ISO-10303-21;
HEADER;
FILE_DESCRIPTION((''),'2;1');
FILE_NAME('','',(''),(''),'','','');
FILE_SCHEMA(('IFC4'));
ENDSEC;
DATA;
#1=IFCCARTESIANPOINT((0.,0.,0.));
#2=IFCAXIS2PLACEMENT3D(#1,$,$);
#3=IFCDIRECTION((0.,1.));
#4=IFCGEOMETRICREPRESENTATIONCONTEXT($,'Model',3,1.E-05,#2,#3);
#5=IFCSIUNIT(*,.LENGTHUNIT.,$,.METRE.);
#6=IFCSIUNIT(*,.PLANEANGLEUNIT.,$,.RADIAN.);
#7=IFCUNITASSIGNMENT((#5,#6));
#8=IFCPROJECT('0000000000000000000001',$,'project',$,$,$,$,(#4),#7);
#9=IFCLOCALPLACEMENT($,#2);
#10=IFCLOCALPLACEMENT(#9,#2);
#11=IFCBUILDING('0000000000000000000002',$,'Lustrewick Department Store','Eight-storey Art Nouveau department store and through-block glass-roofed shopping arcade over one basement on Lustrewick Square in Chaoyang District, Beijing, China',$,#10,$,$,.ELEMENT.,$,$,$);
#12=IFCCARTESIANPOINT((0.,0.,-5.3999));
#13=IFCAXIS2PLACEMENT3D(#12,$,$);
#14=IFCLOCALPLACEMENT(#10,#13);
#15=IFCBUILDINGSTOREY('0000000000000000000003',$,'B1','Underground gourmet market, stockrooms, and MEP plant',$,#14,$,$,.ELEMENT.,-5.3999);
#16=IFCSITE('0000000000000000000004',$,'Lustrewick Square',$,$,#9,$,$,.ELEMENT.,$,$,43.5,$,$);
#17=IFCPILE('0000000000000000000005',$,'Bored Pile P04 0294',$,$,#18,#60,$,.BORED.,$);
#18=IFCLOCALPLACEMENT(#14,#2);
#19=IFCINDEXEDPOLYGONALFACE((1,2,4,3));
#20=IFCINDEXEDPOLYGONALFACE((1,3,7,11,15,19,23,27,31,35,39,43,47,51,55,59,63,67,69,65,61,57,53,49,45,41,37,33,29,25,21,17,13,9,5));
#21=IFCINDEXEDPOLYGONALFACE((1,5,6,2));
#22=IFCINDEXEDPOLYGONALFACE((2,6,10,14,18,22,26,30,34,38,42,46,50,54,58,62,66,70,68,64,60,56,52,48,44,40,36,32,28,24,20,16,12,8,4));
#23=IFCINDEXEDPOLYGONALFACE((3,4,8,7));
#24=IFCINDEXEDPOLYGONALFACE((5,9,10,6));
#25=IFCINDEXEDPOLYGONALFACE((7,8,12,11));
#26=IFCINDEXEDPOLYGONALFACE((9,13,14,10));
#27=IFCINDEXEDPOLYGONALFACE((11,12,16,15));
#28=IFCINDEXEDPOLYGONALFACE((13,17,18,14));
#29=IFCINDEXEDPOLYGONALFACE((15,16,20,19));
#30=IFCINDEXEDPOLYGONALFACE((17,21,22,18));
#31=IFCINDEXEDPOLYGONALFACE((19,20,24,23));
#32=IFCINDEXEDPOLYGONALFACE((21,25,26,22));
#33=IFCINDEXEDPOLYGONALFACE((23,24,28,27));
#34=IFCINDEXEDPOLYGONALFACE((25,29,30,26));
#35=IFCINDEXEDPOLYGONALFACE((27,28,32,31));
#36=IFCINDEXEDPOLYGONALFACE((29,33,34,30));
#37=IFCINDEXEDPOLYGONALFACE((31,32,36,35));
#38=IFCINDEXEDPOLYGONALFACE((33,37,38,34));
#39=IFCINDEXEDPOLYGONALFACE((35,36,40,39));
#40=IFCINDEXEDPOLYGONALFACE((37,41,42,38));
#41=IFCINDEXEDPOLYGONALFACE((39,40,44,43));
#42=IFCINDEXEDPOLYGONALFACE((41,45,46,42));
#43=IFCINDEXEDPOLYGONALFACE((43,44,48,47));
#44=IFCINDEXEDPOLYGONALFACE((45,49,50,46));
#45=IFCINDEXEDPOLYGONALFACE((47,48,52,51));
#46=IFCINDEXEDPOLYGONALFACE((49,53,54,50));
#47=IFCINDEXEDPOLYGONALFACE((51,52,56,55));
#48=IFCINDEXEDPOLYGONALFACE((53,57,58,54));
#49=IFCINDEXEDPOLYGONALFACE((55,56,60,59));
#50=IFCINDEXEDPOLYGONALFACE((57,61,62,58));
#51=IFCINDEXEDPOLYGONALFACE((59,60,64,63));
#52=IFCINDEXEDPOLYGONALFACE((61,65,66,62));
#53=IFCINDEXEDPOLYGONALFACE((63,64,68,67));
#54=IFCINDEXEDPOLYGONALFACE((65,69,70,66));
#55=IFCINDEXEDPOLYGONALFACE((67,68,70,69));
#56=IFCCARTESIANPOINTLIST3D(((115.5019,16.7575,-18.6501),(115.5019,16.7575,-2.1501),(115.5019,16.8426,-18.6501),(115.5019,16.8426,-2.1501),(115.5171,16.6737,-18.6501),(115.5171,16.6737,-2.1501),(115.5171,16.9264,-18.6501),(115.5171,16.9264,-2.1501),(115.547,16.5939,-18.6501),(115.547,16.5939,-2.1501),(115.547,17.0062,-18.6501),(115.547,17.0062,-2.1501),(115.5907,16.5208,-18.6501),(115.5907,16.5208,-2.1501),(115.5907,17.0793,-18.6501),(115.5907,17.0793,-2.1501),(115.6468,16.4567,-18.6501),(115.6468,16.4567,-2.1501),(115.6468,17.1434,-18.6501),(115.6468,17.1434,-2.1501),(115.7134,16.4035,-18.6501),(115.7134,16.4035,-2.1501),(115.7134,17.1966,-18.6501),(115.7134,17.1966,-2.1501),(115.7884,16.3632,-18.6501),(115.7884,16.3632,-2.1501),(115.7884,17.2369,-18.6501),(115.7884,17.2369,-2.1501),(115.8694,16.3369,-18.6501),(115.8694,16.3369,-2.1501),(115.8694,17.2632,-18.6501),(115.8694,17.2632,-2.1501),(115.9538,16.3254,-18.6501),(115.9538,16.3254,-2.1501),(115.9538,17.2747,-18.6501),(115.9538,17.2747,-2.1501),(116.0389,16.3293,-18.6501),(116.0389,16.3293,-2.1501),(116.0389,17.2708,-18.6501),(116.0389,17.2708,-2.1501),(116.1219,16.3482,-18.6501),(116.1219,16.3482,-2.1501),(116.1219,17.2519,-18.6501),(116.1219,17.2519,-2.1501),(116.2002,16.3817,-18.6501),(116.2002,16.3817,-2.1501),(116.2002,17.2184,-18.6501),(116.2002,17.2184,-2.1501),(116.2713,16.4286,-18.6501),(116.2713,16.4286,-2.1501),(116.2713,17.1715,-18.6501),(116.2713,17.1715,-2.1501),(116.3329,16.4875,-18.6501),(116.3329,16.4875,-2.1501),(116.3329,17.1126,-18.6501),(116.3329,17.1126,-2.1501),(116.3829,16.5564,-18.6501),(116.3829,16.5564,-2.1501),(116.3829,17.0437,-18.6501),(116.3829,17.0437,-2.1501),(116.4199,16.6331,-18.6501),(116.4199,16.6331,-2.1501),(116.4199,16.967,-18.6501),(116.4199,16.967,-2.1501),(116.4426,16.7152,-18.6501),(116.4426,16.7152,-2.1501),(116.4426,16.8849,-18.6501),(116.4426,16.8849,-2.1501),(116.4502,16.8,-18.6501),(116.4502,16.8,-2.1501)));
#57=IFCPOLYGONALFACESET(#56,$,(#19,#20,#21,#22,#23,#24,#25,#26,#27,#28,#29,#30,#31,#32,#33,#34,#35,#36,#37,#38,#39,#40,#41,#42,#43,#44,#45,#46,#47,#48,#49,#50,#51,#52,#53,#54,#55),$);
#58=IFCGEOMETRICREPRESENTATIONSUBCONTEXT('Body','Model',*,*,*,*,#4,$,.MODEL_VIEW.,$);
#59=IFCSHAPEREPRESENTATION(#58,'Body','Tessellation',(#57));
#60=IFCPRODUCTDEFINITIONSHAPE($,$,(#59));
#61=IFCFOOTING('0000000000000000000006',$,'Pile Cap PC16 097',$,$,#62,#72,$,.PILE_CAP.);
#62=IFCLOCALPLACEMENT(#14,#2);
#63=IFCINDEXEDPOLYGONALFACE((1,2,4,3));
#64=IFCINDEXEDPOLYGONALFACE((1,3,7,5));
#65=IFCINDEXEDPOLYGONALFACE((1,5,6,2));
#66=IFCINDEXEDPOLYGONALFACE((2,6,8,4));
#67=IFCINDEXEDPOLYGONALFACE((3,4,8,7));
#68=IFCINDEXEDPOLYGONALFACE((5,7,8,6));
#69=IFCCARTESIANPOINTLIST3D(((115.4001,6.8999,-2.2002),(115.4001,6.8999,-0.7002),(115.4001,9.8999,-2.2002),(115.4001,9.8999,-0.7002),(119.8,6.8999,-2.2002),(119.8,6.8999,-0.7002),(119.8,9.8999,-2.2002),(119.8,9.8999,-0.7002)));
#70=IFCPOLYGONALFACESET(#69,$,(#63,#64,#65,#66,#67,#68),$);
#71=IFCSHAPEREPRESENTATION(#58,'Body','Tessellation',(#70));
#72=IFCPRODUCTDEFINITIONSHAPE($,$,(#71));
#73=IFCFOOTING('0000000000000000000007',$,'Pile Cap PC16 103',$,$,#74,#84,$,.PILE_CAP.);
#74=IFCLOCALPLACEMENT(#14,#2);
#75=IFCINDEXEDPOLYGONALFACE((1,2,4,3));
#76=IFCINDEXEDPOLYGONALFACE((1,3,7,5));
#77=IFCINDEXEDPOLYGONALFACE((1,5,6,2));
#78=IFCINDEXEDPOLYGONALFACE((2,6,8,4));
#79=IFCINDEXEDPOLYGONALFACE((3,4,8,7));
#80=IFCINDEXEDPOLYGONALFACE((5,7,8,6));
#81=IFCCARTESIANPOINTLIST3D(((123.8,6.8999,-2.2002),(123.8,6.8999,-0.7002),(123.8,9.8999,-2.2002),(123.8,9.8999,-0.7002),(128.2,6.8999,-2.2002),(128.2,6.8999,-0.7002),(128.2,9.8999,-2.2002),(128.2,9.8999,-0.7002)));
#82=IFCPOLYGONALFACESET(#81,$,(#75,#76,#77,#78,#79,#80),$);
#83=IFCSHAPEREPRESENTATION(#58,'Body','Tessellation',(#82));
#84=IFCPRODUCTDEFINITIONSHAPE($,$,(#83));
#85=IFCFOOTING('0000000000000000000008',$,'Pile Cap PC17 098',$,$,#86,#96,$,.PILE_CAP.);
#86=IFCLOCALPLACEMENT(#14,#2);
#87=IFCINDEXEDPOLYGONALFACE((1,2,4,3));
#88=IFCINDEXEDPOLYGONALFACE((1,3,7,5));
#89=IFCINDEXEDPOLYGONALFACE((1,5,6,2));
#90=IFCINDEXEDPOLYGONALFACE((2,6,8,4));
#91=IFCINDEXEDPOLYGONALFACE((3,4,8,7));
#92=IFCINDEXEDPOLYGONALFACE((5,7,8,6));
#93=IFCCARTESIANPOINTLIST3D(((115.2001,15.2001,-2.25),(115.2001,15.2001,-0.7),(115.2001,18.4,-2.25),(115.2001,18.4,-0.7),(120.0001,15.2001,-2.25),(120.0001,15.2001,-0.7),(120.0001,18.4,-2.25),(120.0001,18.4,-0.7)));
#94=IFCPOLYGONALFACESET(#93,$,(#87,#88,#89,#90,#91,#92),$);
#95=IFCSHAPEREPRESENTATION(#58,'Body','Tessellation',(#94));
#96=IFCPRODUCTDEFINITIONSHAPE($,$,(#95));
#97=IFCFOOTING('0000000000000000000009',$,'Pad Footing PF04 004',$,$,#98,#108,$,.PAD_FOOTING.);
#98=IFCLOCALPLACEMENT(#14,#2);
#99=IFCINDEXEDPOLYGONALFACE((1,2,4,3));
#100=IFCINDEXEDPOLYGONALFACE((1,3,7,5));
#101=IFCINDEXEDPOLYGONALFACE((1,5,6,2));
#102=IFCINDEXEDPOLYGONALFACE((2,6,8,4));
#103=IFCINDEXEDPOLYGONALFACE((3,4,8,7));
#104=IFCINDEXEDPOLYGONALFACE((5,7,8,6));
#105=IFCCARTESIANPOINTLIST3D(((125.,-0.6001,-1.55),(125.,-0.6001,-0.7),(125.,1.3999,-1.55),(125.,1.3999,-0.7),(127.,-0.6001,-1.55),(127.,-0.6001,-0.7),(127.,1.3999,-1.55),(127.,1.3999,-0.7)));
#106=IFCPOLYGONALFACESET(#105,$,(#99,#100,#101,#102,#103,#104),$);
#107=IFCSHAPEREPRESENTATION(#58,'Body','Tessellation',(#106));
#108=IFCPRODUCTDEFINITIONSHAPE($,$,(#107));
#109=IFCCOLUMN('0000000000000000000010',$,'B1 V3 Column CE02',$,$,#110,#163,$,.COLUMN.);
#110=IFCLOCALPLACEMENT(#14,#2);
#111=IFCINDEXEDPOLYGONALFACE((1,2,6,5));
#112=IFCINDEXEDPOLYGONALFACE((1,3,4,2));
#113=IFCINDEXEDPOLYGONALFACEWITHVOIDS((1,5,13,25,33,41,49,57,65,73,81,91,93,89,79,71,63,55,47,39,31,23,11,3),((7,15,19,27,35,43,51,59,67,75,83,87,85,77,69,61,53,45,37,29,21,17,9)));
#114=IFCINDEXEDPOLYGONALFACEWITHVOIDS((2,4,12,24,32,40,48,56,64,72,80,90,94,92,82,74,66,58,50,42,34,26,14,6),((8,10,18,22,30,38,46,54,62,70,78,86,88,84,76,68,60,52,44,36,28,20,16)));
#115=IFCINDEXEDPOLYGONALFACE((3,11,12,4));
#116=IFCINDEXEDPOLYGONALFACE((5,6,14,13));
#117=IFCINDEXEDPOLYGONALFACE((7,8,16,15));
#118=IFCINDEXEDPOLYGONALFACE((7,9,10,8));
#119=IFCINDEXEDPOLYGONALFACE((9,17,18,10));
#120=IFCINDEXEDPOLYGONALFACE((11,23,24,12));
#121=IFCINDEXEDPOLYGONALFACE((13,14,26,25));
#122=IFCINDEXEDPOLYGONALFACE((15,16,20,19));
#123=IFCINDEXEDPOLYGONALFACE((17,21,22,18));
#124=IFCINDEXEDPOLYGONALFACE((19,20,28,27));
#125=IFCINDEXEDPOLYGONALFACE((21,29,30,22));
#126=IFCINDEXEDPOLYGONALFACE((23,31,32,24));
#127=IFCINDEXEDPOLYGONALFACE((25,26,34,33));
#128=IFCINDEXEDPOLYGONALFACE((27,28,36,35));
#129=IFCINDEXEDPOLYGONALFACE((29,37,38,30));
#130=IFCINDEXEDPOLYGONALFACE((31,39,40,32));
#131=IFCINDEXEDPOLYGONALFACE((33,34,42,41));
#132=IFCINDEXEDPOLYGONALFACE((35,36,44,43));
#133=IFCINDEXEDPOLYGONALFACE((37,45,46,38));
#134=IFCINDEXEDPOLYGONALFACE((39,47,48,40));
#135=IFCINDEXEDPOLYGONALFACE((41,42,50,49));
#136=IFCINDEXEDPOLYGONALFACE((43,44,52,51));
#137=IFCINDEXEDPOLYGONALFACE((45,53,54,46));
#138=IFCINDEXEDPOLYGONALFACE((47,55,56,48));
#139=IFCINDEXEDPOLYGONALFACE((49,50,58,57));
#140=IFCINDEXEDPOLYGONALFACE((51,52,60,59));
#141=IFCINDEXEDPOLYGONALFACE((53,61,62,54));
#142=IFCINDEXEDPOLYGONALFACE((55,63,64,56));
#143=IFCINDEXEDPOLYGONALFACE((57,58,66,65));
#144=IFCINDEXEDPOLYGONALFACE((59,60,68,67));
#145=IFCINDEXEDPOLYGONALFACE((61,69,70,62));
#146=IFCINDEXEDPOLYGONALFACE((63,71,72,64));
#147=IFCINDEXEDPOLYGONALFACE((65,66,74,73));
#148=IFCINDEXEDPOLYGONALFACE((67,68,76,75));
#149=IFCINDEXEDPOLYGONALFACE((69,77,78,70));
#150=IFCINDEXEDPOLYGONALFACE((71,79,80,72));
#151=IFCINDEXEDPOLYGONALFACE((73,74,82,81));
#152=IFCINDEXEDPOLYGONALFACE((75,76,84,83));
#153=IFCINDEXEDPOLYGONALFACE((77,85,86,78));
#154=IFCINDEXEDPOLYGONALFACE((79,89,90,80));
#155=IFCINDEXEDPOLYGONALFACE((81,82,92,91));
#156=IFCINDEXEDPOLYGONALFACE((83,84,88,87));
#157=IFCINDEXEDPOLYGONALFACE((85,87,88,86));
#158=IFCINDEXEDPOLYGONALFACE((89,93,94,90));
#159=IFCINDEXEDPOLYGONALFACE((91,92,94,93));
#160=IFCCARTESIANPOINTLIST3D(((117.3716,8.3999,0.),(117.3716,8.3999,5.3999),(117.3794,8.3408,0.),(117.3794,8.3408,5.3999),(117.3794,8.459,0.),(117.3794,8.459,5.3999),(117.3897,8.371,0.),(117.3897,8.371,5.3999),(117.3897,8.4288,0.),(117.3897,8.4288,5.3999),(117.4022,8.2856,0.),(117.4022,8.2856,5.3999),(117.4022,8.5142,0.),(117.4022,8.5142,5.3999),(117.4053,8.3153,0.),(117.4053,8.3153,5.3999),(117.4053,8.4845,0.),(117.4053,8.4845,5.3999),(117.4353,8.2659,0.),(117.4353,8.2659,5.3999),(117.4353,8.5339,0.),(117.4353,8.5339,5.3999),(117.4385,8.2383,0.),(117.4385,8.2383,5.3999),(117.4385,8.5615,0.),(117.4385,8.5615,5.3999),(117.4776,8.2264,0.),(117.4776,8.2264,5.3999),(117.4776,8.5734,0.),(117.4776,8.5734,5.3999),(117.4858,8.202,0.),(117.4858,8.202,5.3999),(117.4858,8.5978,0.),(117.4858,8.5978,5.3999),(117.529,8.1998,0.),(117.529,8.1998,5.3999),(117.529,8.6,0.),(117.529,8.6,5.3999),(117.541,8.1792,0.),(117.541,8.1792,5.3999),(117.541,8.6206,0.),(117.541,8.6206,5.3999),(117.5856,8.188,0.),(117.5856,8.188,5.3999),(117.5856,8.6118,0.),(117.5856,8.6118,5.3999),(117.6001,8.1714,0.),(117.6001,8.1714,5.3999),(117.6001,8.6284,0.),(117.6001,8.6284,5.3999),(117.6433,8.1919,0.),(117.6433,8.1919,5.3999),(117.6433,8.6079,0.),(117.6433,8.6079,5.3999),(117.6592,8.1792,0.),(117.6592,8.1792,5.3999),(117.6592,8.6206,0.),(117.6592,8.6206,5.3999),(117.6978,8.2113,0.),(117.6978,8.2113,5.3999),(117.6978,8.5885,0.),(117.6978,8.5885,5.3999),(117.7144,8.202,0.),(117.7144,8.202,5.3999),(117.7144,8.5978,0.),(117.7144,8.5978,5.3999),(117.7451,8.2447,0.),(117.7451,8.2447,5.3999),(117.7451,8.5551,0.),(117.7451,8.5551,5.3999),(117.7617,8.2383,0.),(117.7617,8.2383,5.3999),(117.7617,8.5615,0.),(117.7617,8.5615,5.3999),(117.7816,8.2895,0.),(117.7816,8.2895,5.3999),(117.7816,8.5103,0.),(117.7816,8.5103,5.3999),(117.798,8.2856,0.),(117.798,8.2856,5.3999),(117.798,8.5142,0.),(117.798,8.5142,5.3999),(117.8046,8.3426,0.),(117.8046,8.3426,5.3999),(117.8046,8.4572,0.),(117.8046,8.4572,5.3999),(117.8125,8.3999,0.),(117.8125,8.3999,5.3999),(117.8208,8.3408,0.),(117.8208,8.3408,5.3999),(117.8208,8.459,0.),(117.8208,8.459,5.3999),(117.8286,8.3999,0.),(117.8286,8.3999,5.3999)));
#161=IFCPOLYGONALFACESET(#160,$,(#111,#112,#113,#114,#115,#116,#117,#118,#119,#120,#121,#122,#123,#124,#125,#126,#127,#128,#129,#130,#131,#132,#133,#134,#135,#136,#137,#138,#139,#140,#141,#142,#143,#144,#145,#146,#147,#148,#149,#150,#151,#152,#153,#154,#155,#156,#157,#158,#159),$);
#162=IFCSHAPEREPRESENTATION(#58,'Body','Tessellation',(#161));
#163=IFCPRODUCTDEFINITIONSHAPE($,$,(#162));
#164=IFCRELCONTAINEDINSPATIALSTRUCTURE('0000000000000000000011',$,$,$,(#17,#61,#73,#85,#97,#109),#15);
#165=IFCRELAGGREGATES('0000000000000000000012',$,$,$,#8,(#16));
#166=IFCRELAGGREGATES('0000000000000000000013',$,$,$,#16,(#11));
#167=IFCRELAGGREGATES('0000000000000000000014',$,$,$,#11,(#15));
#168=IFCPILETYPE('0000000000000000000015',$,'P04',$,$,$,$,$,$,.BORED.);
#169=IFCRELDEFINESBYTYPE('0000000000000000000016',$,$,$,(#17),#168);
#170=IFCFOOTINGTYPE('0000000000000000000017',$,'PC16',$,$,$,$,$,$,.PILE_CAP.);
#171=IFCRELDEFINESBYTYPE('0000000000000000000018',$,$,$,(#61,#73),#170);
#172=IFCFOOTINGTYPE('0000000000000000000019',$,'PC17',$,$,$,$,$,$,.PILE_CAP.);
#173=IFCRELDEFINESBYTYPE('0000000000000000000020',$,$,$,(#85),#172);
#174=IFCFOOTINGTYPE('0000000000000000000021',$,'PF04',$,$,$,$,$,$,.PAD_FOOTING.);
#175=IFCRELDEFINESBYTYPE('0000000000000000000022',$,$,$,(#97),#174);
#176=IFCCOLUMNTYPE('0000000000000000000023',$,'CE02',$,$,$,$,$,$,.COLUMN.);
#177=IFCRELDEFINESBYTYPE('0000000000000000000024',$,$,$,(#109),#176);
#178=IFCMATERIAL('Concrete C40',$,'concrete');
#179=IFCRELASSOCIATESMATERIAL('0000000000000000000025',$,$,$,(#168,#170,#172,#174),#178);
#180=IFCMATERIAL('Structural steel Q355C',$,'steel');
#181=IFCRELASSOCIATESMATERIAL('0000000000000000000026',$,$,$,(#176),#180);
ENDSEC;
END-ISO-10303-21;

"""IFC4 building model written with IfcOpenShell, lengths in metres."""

from ifc_helpers import new_model, si_unit, direction, frame, origin, origin_2d, place, context, subcontext, project, spatial, rectangle, circle, hollow_circle, extrude, material, material_profile, profile_set, type_object, element, save


model = new_model("IFC4")

# Units and contexts
model_context = context("Model", 3, precision=1e-05, world=origin(), true_north=direction((0.0, 1.0)))
body_context = subcontext(model_context, "Body", "Model", "MODEL_VIEW")
ifc_project = project(units=[si_unit("LENGTHUNIT", "METRE"), si_unit("PLANEANGLEUNIT", "RADIAN")], contexts=[model_context])

# Site, building, storey
site_placement = place(None, origin())
site = spatial("IfcSite", under=ifc_project, at=site_placement, Name="Lustrewick Square", CompositionType="ELEMENT", RefElevation=43.5)
building_placement = place(site_placement, origin())
building = spatial("IfcBuilding", under=site, at=building_placement, Name="Lustrewick Department Store", Description="Eight-storey Art Nouveau department store and through-block glass-roofed shopping arcade over one basement on Lustrewick Square in Chaoyang District, Beijing, China", CompositionType="ELEMENT")
storey_placement = place(building_placement, frame((0.0, 0.0, -5.3999)))
storey = spatial("IfcBuildingStorey", under=building, at=storey_placement, Name="B1", Description="Underground gourmet market, stockrooms, and MEP plant", CompositionType="ELEMENT", Elevation=-5.3999)

# Pile
ifc_material_1 = material(Name="Concrete C40", Category="concrete")
ifc_material_profile_1 = material_profile(ifc_material_1, circle(Radius=0.4751, at=origin_2d()), Name="PILE D950")
ifc_profile_set_1 = profile_set([ifc_material_profile_1], Name="Concrete C40")
pile_type_1 = type_object("IfcPileType", Name="P04", PredefinedType="BORED", material=ifc_profile_set_1)
pile_placement = place(storey_placement, frame((115.9751, 16.8, -2.1501), z_axis=(0.0, 0.0, -1.0), x_axis=(1.0, 0.0, 0.0)))
element("IfcPile", 1, at=pile_placement, inside=storey, type_object=pile_type_1, Name="Bored Pile P04 0294", PredefinedType="BORED", context=body_context, shape_type="SweptSolid", body=[
    extrude(circle(Radius=0.4751, at=origin_2d()), origin(), (0.0, 0.0, 1.0), 16.5),
])

# Footings
footing_type_1 = type_object("IfcFootingType", Name="PC16", PredefinedType="PILE_CAP", material=ifc_material_1)
for number, where, z_axis, x_axis, name in (
    (2, (117.6001, 8.3999, -2.2002), (0.0, 0.0, 1.0), (1.0, 0.0, 0.0), "Pile Cap PC16 097"),
    (3, (126.0, 8.3999, -2.2002), (0.0, 0.0, 1.0), (1.0, 0.0, 0.0), "Pile Cap PC16 103"),
):
    element("IfcFooting", number, at=place(storey_placement, frame(where, z_axis=z_axis, x_axis=x_axis)), inside=storey, type_object=footing_type_1, Name=name, PredefinedType="PILE_CAP", context=body_context, shape_type="SweptSolid", body=[
        extrude(rectangle(XDim=4.3999, YDim=3.0, at=origin_2d()), origin(), (0.0, 0.0, 1.0), 1.5),
    ])
footing_type_2 = type_object("IfcFootingType", Name="PC17", PredefinedType="PILE_CAP", material=ifc_material_1)
footing_1_placement = place(storey_placement, frame((117.6001, 16.8, -2.25), z_axis=(0.0, 0.0, 1.0), x_axis=(1.0, 0.0, 0.0)))
element("IfcFooting", 4, at=footing_1_placement, inside=storey, type_object=footing_type_2, Name="Pile Cap PC17 098", PredefinedType="PILE_CAP", context=body_context, shape_type="SweptSolid", body=[
    extrude(rectangle(XDim=4.8, YDim=3.2, at=origin_2d()), origin(), (0.0, 0.0, 1.0), 1.55),
])
footing_type_3 = type_object("IfcFootingType", Name="PF04", PredefinedType="PAD_FOOTING", material=ifc_material_1)
footing_2_placement = place(storey_placement, frame((126.0, 0.3999, -1.55), z_axis=(0.0, 0.0, 1.0), x_axis=(1.0, 0.0, 0.0)))
element("IfcFooting", 5, at=footing_2_placement, inside=storey, type_object=footing_type_3, Name="Pad Footing PF04 004", PredefinedType="PAD_FOOTING", context=body_context, shape_type="SweptSolid", body=[
    extrude(rectangle(XDim=2.0, YDim=2.0, at=origin_2d()), origin(), (0.0, 0.0, 1.0), 0.8501),
])

# Column
ifc_material_2 = material(Name="Structural steel Q355C", Category="steel")
ifc_material_profile_2 = material_profile(ifc_material_2, hollow_circle(Radius=0.2285, WallThickness=0.0161, at=origin_2d()), Name="CHS 457x16")
ifc_profile_set_2 = profile_set([ifc_material_profile_2], Name="Structural steel Q355C")
column_type_1 = type_object("IfcColumnType", Name="CE02", PredefinedType="COLUMN", material=ifc_profile_set_2)
for number, where, z_axis, x_axis, name in (
    (6, (117.6001, 8.3999, 0.0), (0.0, 0.0, 1.0), (1.0, 0.0, 0.0), "B1 V3 Column CE02"),
):
    element("IfcColumn", number, at=place(storey_placement, frame(where, z_axis=z_axis, x_axis=x_axis)), inside=storey, type_object=column_type_1, Name=name, PredefinedType="COLUMN", context=body_context, shape_type="SweptSolid", body=[
        extrude(hollow_circle(Radius=0.2285, WallThickness=0.0161, at=origin_2d()), origin(), (0.0, 0.0, 1.0), 5.3999),
    ])

save(model, "model.ifc")
